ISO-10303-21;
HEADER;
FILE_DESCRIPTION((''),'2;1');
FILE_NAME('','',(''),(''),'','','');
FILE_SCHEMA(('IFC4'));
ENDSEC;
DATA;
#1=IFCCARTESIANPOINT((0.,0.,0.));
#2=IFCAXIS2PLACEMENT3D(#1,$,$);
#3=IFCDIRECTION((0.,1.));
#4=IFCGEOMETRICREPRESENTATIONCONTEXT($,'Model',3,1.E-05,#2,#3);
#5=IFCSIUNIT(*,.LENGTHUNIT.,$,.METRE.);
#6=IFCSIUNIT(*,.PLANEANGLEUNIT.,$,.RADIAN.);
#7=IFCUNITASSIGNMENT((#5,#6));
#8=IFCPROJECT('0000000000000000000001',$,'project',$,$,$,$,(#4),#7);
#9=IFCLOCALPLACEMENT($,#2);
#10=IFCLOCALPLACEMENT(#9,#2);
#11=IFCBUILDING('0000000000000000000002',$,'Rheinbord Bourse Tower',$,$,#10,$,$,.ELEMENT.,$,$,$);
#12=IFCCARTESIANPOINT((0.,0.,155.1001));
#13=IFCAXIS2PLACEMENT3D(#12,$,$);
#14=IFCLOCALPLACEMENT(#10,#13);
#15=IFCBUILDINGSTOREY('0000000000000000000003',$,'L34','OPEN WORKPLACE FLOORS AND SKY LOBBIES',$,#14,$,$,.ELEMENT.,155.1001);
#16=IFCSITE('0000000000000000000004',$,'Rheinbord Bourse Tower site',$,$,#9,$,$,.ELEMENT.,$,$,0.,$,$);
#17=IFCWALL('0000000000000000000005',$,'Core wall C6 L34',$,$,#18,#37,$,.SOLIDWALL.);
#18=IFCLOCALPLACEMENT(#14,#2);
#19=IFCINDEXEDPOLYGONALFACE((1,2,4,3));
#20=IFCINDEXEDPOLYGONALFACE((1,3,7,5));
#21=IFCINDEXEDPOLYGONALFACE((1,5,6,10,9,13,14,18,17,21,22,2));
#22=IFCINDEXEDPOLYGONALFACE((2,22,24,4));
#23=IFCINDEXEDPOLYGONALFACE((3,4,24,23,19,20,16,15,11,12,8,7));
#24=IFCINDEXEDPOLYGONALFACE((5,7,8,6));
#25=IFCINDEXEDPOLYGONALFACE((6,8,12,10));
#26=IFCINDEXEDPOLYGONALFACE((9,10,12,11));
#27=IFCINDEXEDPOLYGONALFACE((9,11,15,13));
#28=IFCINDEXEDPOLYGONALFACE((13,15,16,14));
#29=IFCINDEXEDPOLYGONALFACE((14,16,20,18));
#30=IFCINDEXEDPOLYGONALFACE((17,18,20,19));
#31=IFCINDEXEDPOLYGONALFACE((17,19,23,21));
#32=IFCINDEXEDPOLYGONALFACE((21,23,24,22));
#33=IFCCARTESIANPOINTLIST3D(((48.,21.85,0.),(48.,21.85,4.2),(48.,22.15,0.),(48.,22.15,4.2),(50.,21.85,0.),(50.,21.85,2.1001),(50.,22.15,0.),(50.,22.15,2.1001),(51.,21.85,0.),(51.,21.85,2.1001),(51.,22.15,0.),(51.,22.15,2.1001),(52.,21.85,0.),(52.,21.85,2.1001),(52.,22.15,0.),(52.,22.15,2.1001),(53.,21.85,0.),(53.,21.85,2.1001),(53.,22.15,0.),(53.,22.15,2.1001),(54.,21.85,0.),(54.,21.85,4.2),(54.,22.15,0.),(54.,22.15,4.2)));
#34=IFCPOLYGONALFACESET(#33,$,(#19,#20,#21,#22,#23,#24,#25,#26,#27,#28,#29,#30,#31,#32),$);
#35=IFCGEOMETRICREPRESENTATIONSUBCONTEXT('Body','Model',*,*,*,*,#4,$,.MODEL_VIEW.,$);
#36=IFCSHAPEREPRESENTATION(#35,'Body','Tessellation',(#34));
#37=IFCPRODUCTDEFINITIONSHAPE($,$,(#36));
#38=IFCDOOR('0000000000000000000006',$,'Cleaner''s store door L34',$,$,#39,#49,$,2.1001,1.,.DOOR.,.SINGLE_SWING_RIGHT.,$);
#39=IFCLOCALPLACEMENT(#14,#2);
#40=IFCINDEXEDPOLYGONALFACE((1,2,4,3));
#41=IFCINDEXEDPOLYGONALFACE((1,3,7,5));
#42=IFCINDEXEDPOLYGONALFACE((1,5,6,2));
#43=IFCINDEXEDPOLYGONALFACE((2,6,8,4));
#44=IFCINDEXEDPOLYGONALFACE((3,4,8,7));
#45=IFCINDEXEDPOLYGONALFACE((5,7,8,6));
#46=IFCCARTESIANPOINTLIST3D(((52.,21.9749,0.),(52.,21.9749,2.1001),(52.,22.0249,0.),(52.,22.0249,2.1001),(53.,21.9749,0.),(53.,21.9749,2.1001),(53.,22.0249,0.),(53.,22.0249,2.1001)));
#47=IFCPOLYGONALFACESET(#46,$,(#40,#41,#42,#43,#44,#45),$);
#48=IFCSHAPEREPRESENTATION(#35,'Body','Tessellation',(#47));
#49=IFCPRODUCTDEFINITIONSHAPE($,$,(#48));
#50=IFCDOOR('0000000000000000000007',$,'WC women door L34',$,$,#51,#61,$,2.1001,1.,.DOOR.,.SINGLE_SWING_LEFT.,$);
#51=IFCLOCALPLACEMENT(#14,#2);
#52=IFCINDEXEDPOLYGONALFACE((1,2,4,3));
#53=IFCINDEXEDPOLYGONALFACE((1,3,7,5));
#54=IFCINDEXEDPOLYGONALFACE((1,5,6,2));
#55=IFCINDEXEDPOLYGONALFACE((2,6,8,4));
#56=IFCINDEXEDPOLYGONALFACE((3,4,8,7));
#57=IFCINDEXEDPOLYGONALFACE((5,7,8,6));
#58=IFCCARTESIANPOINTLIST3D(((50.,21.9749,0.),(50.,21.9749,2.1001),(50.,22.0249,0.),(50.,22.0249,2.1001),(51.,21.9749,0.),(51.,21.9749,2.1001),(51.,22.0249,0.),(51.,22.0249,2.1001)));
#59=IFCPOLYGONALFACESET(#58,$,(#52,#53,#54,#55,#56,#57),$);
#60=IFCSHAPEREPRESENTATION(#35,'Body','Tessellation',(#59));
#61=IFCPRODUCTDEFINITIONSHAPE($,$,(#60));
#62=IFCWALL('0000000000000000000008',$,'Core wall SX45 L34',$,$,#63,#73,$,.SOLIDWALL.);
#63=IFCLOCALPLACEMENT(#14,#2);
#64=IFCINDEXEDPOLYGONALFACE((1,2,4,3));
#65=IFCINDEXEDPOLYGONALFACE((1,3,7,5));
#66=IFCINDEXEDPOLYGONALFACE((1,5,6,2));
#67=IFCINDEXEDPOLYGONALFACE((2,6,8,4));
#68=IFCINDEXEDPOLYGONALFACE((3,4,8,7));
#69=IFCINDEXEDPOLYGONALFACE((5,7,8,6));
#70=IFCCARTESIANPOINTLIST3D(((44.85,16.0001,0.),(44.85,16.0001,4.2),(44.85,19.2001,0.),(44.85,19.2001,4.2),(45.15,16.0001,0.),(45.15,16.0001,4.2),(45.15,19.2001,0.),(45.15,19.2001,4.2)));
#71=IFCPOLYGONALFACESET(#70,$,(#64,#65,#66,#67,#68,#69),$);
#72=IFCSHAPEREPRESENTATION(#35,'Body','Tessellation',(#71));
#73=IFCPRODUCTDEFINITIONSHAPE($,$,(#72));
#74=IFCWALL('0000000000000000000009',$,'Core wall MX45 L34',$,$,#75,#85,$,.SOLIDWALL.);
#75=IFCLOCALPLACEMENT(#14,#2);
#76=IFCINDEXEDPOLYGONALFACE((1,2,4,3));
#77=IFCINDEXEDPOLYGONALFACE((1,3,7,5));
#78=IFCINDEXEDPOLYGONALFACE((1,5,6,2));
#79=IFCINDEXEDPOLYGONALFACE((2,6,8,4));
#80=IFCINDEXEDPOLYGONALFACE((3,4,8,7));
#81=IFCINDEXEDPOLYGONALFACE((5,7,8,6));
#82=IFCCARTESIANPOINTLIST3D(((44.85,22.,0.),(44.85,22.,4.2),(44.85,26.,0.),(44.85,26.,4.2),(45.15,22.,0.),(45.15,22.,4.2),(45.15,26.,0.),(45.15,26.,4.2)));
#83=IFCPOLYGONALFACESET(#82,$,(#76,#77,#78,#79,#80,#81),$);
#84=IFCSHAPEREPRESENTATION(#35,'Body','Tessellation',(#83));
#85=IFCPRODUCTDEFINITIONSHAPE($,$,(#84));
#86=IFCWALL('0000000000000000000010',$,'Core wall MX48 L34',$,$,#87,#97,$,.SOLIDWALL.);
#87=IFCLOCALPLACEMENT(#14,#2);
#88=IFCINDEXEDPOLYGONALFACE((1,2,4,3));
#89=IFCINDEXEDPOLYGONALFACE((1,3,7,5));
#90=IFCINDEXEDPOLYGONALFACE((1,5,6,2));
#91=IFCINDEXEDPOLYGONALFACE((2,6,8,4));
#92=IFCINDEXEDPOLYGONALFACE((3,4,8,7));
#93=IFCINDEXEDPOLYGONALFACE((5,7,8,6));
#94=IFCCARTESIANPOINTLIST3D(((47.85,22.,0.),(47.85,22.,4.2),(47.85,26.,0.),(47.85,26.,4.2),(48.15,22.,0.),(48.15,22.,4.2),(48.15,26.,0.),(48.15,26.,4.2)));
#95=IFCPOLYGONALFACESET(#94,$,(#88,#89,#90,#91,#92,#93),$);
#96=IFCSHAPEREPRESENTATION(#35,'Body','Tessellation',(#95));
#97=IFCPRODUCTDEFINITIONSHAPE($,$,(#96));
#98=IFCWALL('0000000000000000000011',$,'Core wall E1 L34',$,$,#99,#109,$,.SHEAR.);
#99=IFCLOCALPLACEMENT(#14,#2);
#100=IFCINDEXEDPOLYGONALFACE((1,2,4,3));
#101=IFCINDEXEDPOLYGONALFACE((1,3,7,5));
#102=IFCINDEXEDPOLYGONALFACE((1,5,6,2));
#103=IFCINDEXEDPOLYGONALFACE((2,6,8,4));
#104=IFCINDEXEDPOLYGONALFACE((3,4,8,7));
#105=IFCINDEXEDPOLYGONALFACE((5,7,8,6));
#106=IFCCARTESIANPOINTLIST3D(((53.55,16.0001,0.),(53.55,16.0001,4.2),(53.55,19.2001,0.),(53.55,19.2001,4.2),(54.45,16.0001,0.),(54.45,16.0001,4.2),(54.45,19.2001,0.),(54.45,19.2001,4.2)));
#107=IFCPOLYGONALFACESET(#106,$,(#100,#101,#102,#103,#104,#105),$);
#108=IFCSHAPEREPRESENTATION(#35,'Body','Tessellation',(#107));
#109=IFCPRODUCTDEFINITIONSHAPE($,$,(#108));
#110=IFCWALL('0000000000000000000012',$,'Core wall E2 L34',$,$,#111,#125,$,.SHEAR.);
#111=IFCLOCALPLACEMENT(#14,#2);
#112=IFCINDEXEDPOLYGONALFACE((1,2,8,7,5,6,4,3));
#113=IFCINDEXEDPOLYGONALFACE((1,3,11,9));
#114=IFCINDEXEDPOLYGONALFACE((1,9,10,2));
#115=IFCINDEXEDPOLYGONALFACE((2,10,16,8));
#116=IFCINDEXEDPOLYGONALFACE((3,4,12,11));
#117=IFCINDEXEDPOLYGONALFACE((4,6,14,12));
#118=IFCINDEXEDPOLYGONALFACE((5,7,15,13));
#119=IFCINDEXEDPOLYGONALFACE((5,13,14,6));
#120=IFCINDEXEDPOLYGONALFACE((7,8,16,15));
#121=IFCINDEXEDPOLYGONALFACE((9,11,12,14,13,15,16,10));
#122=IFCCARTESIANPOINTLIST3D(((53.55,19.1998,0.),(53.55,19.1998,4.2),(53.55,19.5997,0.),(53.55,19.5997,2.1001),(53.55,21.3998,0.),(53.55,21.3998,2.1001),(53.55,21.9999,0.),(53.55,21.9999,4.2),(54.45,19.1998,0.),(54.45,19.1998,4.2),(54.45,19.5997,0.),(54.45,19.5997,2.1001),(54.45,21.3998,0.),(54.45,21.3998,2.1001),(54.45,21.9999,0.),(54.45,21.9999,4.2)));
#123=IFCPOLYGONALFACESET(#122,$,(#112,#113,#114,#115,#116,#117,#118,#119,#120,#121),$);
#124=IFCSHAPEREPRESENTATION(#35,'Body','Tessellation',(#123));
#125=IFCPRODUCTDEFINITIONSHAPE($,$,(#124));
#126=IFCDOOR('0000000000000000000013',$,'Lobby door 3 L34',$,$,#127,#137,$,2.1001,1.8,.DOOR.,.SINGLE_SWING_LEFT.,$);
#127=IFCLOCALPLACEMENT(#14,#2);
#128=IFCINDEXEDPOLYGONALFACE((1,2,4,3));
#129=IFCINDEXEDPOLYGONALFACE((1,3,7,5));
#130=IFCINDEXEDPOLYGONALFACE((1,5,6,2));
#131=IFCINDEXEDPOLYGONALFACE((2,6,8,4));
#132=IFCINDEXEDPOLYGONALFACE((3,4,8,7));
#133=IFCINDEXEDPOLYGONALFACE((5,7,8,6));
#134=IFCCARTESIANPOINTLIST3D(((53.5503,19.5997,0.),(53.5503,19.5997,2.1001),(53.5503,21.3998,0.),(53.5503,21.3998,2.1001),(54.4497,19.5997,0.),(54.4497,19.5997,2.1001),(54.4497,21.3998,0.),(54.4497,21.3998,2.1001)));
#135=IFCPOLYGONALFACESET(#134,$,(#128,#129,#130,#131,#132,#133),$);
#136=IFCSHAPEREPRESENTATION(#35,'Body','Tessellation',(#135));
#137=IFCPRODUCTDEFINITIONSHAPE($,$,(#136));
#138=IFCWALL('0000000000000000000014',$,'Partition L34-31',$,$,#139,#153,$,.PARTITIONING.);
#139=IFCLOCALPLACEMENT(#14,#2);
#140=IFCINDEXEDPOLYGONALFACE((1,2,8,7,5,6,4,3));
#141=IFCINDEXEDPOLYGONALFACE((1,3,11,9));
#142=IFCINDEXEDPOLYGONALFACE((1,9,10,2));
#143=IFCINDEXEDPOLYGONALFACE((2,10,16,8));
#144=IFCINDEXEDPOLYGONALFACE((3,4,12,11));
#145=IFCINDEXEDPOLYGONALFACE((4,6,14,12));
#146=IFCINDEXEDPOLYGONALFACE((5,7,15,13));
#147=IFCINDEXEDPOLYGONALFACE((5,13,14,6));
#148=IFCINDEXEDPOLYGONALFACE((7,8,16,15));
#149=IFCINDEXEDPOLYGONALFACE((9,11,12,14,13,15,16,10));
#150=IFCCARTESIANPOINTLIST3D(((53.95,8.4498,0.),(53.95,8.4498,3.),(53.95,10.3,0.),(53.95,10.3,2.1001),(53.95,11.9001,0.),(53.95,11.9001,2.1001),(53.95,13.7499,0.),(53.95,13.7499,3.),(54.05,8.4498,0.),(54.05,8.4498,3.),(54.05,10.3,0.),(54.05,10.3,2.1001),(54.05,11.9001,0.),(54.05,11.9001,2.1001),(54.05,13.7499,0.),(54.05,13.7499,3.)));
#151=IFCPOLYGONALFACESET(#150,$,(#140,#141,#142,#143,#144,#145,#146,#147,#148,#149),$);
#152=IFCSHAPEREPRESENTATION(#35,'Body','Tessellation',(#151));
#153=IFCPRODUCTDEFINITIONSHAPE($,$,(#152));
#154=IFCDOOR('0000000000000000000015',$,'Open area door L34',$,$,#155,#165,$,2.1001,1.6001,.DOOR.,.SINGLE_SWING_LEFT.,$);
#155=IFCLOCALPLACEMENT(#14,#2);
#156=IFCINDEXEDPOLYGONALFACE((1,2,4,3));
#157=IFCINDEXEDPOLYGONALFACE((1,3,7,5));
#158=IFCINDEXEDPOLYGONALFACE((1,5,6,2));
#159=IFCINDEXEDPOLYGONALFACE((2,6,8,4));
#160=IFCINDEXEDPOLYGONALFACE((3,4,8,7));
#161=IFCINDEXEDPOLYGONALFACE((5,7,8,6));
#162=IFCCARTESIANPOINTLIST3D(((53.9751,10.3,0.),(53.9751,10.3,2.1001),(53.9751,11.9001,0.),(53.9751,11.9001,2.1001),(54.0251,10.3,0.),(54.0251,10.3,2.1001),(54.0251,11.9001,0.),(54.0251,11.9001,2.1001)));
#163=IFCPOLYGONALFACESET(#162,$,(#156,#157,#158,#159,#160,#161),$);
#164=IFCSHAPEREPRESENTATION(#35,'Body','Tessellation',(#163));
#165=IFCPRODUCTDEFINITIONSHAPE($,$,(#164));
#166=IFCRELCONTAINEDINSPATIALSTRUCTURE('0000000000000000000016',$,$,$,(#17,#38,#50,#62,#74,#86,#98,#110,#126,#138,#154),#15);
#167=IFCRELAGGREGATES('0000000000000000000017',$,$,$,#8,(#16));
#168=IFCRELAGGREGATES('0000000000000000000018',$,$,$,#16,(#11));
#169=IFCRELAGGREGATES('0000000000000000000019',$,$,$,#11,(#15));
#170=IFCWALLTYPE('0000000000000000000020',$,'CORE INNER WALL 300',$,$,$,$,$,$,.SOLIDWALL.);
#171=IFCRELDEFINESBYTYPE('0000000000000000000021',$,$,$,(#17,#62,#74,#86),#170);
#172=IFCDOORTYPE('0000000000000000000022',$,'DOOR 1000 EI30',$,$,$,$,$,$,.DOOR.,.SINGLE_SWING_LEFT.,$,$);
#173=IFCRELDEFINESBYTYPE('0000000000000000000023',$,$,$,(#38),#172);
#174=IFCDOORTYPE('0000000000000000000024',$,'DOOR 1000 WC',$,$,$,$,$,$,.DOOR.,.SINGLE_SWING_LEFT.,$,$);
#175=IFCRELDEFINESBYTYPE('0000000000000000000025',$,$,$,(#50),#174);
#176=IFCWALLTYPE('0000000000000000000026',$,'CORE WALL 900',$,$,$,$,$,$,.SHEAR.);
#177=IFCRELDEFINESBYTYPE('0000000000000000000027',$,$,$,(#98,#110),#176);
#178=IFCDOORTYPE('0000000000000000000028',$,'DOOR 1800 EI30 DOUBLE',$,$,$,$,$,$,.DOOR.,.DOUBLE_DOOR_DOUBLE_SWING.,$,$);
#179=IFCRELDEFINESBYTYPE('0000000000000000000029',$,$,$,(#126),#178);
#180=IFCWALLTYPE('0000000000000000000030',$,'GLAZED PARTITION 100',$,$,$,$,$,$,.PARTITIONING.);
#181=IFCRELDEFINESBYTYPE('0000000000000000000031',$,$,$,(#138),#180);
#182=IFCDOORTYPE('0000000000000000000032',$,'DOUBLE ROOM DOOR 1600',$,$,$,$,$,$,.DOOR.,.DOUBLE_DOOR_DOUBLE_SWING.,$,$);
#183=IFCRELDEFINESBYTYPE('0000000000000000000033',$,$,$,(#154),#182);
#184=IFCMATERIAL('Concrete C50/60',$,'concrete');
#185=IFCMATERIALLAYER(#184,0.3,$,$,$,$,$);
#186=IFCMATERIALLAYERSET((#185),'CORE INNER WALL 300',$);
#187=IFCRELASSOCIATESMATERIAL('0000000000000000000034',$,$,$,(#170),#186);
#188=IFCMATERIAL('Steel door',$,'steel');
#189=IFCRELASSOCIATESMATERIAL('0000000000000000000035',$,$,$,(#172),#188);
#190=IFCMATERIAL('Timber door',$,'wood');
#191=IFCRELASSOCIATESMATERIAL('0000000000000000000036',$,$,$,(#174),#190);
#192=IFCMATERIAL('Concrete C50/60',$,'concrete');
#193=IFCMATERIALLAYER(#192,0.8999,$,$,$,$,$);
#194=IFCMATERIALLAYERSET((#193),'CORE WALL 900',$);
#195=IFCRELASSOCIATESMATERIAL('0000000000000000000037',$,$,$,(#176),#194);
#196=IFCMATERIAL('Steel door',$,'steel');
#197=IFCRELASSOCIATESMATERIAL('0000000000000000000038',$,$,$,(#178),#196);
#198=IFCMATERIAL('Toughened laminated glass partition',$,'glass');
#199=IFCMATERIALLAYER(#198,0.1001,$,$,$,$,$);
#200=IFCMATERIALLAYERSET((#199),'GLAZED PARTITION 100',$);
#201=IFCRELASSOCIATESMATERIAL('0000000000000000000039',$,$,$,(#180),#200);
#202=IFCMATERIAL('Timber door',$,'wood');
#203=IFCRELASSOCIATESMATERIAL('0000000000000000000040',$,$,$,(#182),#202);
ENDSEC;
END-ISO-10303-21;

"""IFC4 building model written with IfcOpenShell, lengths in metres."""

from ifc_helpers import new_model, si_unit, direction, frame, frame_2d, origin, place, context, subcontext, project, spatial, rectangle, extrude, material, layer, layer_set, type_object, element, fill, save


model = new_model("IFC4")

# Units and contexts
model_context = context("Model", 3, precision=1e-05, world=origin(), true_north=direction((0.0, 1.0)))
body_context = subcontext(model_context, "Body", "Model", "MODEL_VIEW")
ifc_project = project(units=[si_unit("LENGTHUNIT", "METRE"), si_unit("PLANEANGLEUNIT", "RADIAN")], contexts=[model_context])

# Site, building, storey
site_placement = place(None, origin())
site = spatial("IfcSite", under=ifc_project, at=site_placement, Name="Rheinbord Bourse Tower site", CompositionType="ELEMENT", RefElevation=0.0)
building_placement = place(site_placement, origin())
building = spatial("IfcBuilding", under=site, at=building_placement, Name="Rheinbord Bourse Tower", CompositionType="ELEMENT")
storey_placement = place(building_placement, frame((0.0, 0.0, 155.1001)))
storey = spatial("IfcBuildingStorey", under=building, at=storey_placement, Name="L34", Description="OPEN WORKPLACE FLOORS AND SKY LOBBIES", CompositionType="ELEMENT", Elevation=155.1001)

# Shared definitions
ifc_material_1 = material(Name="Concrete C50/60", Category="concrete")
ifc_layer_1 = layer(ifc_material_1, 0.3)
ifc_layer_set_1 = layer_set([ifc_layer_1], Name="CORE INNER WALL 300")
wall_type_1 = type_object("IfcWallType", Name="CORE INNER WALL 300", PredefinedType="SOLIDWALL", material=ifc_layer_set_1)
ifc_material_2 = material(Name="Steel door", Category="steel")
door_type_1 = type_object("IfcDoorType", Name="DOOR 1000 EI30", OperationType="SINGLE_SWING_LEFT", PredefinedType="DOOR", material=ifc_material_2)
ifc_material_3 = material(Name="Timber door", Category="wood")
door_type_2 = type_object("IfcDoorType", Name="DOOR 1000 WC", OperationType="SINGLE_SWING_LEFT", PredefinedType="DOOR", material=ifc_material_3)

# Wall, openings, doors
wall_1_placement = place(storey_placement, frame((48.0, 22.0, 0.0), z_axis=(0.0, 0.0, 1.0), x_axis=(1.0, 0.0, 0.0)))
wall_1 = element("IfcWall", 1, at=wall_1_placement, inside=storey, type_object=wall_type_1, Name="Core wall C6 L34", PredefinedType="SOLIDWALL", context=body_context, shape_type="SweptSolid", body=[
    extrude(rectangle(XDim=6.0, YDim=0.3, at=frame_2d((3.0, 0.0))), origin(), (0.0, 0.0, 1.0), 4.2),
])
opening_1_placement = place(wall_1_placement, frame((2.0, 0.0, 0.0)))
opening_1 = element("IfcOpeningElement", 2, at=opening_1_placement, cuts=wall_1, PredefinedType="OPENING", context=body_context, shape_type="SweptSolid", body=[
    extrude(rectangle(XDim=1.0, YDim=2.1001, at=frame_2d((0.5, 1.05))), frame((0.0, 0.1599, 0.0), z_axis=(0.0, -1.0, 0.0), x_axis=(1.0, 0.0, 0.0)), (0.0, 0.0, 1.0), 0.3201),
])
opening_2_placement = place(wall_1_placement, frame((4.0, 0.0, 0.0)))
opening_2 = element("IfcOpeningElement", 3, at=opening_2_placement, cuts=wall_1, PredefinedType="OPENING", context=body_context, shape_type="SweptSolid", body=[
    extrude(rectangle(XDim=1.0, YDim=2.1001, at=frame_2d((0.5, 1.05))), frame((0.0, 0.1599, 0.0), z_axis=(0.0, -1.0, 0.0), x_axis=(1.0, 0.0, 0.0)), (0.0, 0.0, 1.0), 0.3201),
])
door_1_placement = place(opening_2_placement, origin())
door_1 = element("IfcDoor", 4, at=door_1_placement, inside=storey, type_object=door_type_1, Name="Cleaner's store door L34", OperationType="SINGLE_SWING_RIGHT", OverallHeight=2.1001, OverallWidth=1.0, PredefinedType="DOOR", context=body_context, shape_type="SweptSolid", body=[
    extrude(rectangle(XDim=1.0, YDim=2.1001, at=frame_2d((0.5, 1.05))), frame((0.0, 0.0249, 0.0), z_axis=(0.0, -1.0, 0.0), x_axis=(1.0, 0.0, 0.0)), (0.0, 0.0, 1.0), 0.05),
])
fill(opening_2, door_1)
door_2_placement = place(opening_1_placement, origin())
door_2 = element("IfcDoor", 5, at=door_2_placement, inside=storey, type_object=door_type_2, Name="WC women door L34", OperationType="SINGLE_SWING_LEFT", OverallHeight=2.1001, OverallWidth=1.0, PredefinedType="DOOR", context=body_context, shape_type="SweptSolid", body=[
    extrude(rectangle(XDim=1.0, YDim=2.1001, at=frame_2d((0.5, 1.05))), frame((0.0, 0.0249, 0.0), z_axis=(0.0, -1.0, 0.0), x_axis=(1.0, 0.0, 0.0)), (0.0, 0.0, 1.0), 0.05),
])
fill(opening_1, door_2)

# Walls
wall_2_placement = place(storey_placement, frame((45.0, 16.0, 0.0), z_axis=(0.0, 0.0, 1.0), x_axis=(0.0, 1.0, 0.0)))
element("IfcWall", 6, at=wall_2_placement, inside=storey, type_object=wall_type_1, Name="Core wall SX45 L34", PredefinedType="SOLIDWALL", context=body_context, shape_type="SweptSolid", body=[
    extrude(rectangle(XDim=3.2, YDim=0.3, at=frame_2d((1.6001, 0.0))), origin(), (0.0, 0.0, 1.0), 4.2),
])
for number, where, z_axis, x_axis, name in (
    (7, (45.0, 22.0, 0.0), (0.0, 0.0, 1.0), (0.0, 1.0, 0.0), "Core wall MX45 L34"),
    (8, (48.0, 22.0, 0.0), (0.0, 0.0, 1.0), (0.0, 1.0, 0.0), "Core wall MX48 L34"),
):
    element("IfcWall", number, at=place(storey_placement, frame(where, z_axis=z_axis, x_axis=x_axis)), inside=storey, type_object=wall_type_1, Name=name, PredefinedType="SOLIDWALL", context=body_context, shape_type="SweptSolid", body=[
        extrude(rectangle(XDim=4.0, YDim=0.3, at=frame_2d((2.0, 0.0))), origin(), (0.0, 0.0, 1.0), 4.2),
    ])
ifc_material_4 = material(Name="Concrete C50/60", Category="concrete")
ifc_layer_2 = layer(ifc_material_4, 0.8999)
ifc_layer_set_2 = layer_set([ifc_layer_2], Name="CORE WALL 900")
wall_type_2 = type_object("IfcWallType", Name="CORE WALL 900", PredefinedType="SHEAR", material=ifc_layer_set_2)
wall_3_placement = place(storey_placement, frame((54.0, 16.0, 0.0), z_axis=(0.0, 0.0, 1.0), x_axis=(0.0, 1.0, 0.0)))
element("IfcWall", 9, at=wall_3_placement, inside=storey, type_object=wall_type_2, Name="Core wall E1 L34", PredefinedType="SHEAR", context=body_context, shape_type="SweptSolid", body=[
    extrude(rectangle(XDim=3.2, YDim=0.8999, at=frame_2d((1.6001, 0.0))), origin(), (0.0, 0.0, 1.0), 4.2),
])

# Walls, openings, doors
wall_4_placement = place(storey_placement, frame((54.0, 19.2, 0.0), z_axis=(0.0, 0.0, 1.0), x_axis=(0.0, 1.0, 0.0)))
wall_4 = element("IfcWall", 10, at=wall_4_placement, inside=storey, type_object=wall_type_2, Name="Core wall E2 L34", PredefinedType="SHEAR", context=body_context, shape_type="SweptSolid", body=[
    extrude(rectangle(XDim=2.8, YDim=0.8999, at=frame_2d((1.3999, 0.0))), origin(), (0.0, 0.0, 1.0), 4.2),
])
opening_3_placement = place(wall_4_placement, frame((0.3999, 0.0, 0.0)))
opening_3 = element("IfcOpeningElement", 11, at=opening_3_placement, cuts=wall_4, PredefinedType="OPENING", context=body_context, shape_type="SweptSolid", body=[
    extrude(rectangle(XDim=1.8, YDim=2.1001, at=frame_2d((0.8999, 1.05))), frame((0.0, 0.46, 0.0), z_axis=(0.0, -1.0, 0.0), x_axis=(1.0, 0.0, 0.0)), (0.0, 0.0, 1.0), 0.9199),
])
ifc_material_5 = material(Name="Steel door", Category="steel")
door_type_3 = type_object("IfcDoorType", Name="DOOR 1800 EI30 DOUBLE", OperationType="DOUBLE_DOOR_DOUBLE_SWING", PredefinedType="DOOR", material=ifc_material_5)
door_3_placement = place(opening_3_placement, origin())
door_3 = element("IfcDoor", 12, at=door_3_placement, inside=storey, type_object=door_type_3, Name="Lobby door 3 L34", OperationType="SINGLE_SWING_LEFT", OverallHeight=2.1001, OverallWidth=1.8, PredefinedType="DOOR", context=body_context, shape_type="SweptSolid", body=[
    extrude(rectangle(XDim=1.8, YDim=2.1001, at=frame_2d((0.8999, 1.05))), frame((0.0, 0.4497, 0.0), z_axis=(0.0, -1.0, 0.0), x_axis=(1.0, 0.0, 0.0)), (0.0, 0.0, 1.0), 0.8994),
])
fill(opening_3, door_3)
ifc_material_6 = material(Name="Toughened laminated glass partition", Category="glass")
ifc_layer_3 = layer(ifc_material_6, 0.1001)
ifc_layer_set_3 = layer_set([ifc_layer_3], Name="GLAZED PARTITION 100")
wall_type_3 = type_object("IfcWallType", Name="GLAZED PARTITION 100", PredefinedType="PARTITIONING", material=ifc_layer_set_3)
wall_5_placement = place(storey_placement, frame((54.0, 8.45, 0.0), z_axis=(0.0, 0.0, 1.0), x_axis=(0.0, 1.0, 0.0)))
wall_5 = element("IfcWall", 13, at=wall_5_placement, inside=storey, type_object=wall_type_3, Name="Partition L34-31", PredefinedType="PARTITIONING", context=body_context, shape_type="SweptSolid", body=[
    extrude(rectangle(XDim=5.3, YDim=0.1001, at=frame_2d((2.6499, 0.0))), origin(), (0.0, 0.0, 1.0), 3.0),
])
opening_4_placement = place(wall_5_placement, frame((1.8501, 0.0, 0.0)))
opening_4 = element("IfcOpeningElement", 14, at=opening_4_placement, cuts=wall_5, PredefinedType="OPENING", context=body_context, shape_type="SweptSolid", body=[
    extrude(rectangle(XDim=1.6001, YDim=2.1001, at=frame_2d((0.8, 1.05))), frame((0.0, 0.0601, 0.0), z_axis=(0.0, -1.0, 0.0), x_axis=(1.0, 0.0, 0.0)), (0.0, 0.0, 1.0), 0.1201),
])
ifc_material_7 = material(Name="Timber door", Category="wood")
door_type_4 = type_object("IfcDoorType", Name="DOUBLE ROOM DOOR 1600", OperationType="DOUBLE_DOOR_DOUBLE_SWING", PredefinedType="DOOR", material=ifc_material_7)
door_4_placement = place(opening_4_placement, origin())
door_4 = element("IfcDoor", 15, at=door_4_placement, inside=storey, type_object=door_type_4, Name="Open area door L34", OperationType="SINGLE_SWING_LEFT", OverallHeight=2.1001, OverallWidth=1.6001, PredefinedType="DOOR", context=body_context, shape_type="SweptSolid", body=[
    extrude(rectangle(XDim=1.6001, YDim=2.1001, at=frame_2d((0.8, 1.05))), frame((0.0, 0.0249, 0.0), z_axis=(0.0, -1.0, 0.0), x_axis=(1.0, 0.0, 0.0)), (0.0, 0.0, 1.0), 0.05),
])
fill(opening_4, door_4)

save(model, "model.ifc")
